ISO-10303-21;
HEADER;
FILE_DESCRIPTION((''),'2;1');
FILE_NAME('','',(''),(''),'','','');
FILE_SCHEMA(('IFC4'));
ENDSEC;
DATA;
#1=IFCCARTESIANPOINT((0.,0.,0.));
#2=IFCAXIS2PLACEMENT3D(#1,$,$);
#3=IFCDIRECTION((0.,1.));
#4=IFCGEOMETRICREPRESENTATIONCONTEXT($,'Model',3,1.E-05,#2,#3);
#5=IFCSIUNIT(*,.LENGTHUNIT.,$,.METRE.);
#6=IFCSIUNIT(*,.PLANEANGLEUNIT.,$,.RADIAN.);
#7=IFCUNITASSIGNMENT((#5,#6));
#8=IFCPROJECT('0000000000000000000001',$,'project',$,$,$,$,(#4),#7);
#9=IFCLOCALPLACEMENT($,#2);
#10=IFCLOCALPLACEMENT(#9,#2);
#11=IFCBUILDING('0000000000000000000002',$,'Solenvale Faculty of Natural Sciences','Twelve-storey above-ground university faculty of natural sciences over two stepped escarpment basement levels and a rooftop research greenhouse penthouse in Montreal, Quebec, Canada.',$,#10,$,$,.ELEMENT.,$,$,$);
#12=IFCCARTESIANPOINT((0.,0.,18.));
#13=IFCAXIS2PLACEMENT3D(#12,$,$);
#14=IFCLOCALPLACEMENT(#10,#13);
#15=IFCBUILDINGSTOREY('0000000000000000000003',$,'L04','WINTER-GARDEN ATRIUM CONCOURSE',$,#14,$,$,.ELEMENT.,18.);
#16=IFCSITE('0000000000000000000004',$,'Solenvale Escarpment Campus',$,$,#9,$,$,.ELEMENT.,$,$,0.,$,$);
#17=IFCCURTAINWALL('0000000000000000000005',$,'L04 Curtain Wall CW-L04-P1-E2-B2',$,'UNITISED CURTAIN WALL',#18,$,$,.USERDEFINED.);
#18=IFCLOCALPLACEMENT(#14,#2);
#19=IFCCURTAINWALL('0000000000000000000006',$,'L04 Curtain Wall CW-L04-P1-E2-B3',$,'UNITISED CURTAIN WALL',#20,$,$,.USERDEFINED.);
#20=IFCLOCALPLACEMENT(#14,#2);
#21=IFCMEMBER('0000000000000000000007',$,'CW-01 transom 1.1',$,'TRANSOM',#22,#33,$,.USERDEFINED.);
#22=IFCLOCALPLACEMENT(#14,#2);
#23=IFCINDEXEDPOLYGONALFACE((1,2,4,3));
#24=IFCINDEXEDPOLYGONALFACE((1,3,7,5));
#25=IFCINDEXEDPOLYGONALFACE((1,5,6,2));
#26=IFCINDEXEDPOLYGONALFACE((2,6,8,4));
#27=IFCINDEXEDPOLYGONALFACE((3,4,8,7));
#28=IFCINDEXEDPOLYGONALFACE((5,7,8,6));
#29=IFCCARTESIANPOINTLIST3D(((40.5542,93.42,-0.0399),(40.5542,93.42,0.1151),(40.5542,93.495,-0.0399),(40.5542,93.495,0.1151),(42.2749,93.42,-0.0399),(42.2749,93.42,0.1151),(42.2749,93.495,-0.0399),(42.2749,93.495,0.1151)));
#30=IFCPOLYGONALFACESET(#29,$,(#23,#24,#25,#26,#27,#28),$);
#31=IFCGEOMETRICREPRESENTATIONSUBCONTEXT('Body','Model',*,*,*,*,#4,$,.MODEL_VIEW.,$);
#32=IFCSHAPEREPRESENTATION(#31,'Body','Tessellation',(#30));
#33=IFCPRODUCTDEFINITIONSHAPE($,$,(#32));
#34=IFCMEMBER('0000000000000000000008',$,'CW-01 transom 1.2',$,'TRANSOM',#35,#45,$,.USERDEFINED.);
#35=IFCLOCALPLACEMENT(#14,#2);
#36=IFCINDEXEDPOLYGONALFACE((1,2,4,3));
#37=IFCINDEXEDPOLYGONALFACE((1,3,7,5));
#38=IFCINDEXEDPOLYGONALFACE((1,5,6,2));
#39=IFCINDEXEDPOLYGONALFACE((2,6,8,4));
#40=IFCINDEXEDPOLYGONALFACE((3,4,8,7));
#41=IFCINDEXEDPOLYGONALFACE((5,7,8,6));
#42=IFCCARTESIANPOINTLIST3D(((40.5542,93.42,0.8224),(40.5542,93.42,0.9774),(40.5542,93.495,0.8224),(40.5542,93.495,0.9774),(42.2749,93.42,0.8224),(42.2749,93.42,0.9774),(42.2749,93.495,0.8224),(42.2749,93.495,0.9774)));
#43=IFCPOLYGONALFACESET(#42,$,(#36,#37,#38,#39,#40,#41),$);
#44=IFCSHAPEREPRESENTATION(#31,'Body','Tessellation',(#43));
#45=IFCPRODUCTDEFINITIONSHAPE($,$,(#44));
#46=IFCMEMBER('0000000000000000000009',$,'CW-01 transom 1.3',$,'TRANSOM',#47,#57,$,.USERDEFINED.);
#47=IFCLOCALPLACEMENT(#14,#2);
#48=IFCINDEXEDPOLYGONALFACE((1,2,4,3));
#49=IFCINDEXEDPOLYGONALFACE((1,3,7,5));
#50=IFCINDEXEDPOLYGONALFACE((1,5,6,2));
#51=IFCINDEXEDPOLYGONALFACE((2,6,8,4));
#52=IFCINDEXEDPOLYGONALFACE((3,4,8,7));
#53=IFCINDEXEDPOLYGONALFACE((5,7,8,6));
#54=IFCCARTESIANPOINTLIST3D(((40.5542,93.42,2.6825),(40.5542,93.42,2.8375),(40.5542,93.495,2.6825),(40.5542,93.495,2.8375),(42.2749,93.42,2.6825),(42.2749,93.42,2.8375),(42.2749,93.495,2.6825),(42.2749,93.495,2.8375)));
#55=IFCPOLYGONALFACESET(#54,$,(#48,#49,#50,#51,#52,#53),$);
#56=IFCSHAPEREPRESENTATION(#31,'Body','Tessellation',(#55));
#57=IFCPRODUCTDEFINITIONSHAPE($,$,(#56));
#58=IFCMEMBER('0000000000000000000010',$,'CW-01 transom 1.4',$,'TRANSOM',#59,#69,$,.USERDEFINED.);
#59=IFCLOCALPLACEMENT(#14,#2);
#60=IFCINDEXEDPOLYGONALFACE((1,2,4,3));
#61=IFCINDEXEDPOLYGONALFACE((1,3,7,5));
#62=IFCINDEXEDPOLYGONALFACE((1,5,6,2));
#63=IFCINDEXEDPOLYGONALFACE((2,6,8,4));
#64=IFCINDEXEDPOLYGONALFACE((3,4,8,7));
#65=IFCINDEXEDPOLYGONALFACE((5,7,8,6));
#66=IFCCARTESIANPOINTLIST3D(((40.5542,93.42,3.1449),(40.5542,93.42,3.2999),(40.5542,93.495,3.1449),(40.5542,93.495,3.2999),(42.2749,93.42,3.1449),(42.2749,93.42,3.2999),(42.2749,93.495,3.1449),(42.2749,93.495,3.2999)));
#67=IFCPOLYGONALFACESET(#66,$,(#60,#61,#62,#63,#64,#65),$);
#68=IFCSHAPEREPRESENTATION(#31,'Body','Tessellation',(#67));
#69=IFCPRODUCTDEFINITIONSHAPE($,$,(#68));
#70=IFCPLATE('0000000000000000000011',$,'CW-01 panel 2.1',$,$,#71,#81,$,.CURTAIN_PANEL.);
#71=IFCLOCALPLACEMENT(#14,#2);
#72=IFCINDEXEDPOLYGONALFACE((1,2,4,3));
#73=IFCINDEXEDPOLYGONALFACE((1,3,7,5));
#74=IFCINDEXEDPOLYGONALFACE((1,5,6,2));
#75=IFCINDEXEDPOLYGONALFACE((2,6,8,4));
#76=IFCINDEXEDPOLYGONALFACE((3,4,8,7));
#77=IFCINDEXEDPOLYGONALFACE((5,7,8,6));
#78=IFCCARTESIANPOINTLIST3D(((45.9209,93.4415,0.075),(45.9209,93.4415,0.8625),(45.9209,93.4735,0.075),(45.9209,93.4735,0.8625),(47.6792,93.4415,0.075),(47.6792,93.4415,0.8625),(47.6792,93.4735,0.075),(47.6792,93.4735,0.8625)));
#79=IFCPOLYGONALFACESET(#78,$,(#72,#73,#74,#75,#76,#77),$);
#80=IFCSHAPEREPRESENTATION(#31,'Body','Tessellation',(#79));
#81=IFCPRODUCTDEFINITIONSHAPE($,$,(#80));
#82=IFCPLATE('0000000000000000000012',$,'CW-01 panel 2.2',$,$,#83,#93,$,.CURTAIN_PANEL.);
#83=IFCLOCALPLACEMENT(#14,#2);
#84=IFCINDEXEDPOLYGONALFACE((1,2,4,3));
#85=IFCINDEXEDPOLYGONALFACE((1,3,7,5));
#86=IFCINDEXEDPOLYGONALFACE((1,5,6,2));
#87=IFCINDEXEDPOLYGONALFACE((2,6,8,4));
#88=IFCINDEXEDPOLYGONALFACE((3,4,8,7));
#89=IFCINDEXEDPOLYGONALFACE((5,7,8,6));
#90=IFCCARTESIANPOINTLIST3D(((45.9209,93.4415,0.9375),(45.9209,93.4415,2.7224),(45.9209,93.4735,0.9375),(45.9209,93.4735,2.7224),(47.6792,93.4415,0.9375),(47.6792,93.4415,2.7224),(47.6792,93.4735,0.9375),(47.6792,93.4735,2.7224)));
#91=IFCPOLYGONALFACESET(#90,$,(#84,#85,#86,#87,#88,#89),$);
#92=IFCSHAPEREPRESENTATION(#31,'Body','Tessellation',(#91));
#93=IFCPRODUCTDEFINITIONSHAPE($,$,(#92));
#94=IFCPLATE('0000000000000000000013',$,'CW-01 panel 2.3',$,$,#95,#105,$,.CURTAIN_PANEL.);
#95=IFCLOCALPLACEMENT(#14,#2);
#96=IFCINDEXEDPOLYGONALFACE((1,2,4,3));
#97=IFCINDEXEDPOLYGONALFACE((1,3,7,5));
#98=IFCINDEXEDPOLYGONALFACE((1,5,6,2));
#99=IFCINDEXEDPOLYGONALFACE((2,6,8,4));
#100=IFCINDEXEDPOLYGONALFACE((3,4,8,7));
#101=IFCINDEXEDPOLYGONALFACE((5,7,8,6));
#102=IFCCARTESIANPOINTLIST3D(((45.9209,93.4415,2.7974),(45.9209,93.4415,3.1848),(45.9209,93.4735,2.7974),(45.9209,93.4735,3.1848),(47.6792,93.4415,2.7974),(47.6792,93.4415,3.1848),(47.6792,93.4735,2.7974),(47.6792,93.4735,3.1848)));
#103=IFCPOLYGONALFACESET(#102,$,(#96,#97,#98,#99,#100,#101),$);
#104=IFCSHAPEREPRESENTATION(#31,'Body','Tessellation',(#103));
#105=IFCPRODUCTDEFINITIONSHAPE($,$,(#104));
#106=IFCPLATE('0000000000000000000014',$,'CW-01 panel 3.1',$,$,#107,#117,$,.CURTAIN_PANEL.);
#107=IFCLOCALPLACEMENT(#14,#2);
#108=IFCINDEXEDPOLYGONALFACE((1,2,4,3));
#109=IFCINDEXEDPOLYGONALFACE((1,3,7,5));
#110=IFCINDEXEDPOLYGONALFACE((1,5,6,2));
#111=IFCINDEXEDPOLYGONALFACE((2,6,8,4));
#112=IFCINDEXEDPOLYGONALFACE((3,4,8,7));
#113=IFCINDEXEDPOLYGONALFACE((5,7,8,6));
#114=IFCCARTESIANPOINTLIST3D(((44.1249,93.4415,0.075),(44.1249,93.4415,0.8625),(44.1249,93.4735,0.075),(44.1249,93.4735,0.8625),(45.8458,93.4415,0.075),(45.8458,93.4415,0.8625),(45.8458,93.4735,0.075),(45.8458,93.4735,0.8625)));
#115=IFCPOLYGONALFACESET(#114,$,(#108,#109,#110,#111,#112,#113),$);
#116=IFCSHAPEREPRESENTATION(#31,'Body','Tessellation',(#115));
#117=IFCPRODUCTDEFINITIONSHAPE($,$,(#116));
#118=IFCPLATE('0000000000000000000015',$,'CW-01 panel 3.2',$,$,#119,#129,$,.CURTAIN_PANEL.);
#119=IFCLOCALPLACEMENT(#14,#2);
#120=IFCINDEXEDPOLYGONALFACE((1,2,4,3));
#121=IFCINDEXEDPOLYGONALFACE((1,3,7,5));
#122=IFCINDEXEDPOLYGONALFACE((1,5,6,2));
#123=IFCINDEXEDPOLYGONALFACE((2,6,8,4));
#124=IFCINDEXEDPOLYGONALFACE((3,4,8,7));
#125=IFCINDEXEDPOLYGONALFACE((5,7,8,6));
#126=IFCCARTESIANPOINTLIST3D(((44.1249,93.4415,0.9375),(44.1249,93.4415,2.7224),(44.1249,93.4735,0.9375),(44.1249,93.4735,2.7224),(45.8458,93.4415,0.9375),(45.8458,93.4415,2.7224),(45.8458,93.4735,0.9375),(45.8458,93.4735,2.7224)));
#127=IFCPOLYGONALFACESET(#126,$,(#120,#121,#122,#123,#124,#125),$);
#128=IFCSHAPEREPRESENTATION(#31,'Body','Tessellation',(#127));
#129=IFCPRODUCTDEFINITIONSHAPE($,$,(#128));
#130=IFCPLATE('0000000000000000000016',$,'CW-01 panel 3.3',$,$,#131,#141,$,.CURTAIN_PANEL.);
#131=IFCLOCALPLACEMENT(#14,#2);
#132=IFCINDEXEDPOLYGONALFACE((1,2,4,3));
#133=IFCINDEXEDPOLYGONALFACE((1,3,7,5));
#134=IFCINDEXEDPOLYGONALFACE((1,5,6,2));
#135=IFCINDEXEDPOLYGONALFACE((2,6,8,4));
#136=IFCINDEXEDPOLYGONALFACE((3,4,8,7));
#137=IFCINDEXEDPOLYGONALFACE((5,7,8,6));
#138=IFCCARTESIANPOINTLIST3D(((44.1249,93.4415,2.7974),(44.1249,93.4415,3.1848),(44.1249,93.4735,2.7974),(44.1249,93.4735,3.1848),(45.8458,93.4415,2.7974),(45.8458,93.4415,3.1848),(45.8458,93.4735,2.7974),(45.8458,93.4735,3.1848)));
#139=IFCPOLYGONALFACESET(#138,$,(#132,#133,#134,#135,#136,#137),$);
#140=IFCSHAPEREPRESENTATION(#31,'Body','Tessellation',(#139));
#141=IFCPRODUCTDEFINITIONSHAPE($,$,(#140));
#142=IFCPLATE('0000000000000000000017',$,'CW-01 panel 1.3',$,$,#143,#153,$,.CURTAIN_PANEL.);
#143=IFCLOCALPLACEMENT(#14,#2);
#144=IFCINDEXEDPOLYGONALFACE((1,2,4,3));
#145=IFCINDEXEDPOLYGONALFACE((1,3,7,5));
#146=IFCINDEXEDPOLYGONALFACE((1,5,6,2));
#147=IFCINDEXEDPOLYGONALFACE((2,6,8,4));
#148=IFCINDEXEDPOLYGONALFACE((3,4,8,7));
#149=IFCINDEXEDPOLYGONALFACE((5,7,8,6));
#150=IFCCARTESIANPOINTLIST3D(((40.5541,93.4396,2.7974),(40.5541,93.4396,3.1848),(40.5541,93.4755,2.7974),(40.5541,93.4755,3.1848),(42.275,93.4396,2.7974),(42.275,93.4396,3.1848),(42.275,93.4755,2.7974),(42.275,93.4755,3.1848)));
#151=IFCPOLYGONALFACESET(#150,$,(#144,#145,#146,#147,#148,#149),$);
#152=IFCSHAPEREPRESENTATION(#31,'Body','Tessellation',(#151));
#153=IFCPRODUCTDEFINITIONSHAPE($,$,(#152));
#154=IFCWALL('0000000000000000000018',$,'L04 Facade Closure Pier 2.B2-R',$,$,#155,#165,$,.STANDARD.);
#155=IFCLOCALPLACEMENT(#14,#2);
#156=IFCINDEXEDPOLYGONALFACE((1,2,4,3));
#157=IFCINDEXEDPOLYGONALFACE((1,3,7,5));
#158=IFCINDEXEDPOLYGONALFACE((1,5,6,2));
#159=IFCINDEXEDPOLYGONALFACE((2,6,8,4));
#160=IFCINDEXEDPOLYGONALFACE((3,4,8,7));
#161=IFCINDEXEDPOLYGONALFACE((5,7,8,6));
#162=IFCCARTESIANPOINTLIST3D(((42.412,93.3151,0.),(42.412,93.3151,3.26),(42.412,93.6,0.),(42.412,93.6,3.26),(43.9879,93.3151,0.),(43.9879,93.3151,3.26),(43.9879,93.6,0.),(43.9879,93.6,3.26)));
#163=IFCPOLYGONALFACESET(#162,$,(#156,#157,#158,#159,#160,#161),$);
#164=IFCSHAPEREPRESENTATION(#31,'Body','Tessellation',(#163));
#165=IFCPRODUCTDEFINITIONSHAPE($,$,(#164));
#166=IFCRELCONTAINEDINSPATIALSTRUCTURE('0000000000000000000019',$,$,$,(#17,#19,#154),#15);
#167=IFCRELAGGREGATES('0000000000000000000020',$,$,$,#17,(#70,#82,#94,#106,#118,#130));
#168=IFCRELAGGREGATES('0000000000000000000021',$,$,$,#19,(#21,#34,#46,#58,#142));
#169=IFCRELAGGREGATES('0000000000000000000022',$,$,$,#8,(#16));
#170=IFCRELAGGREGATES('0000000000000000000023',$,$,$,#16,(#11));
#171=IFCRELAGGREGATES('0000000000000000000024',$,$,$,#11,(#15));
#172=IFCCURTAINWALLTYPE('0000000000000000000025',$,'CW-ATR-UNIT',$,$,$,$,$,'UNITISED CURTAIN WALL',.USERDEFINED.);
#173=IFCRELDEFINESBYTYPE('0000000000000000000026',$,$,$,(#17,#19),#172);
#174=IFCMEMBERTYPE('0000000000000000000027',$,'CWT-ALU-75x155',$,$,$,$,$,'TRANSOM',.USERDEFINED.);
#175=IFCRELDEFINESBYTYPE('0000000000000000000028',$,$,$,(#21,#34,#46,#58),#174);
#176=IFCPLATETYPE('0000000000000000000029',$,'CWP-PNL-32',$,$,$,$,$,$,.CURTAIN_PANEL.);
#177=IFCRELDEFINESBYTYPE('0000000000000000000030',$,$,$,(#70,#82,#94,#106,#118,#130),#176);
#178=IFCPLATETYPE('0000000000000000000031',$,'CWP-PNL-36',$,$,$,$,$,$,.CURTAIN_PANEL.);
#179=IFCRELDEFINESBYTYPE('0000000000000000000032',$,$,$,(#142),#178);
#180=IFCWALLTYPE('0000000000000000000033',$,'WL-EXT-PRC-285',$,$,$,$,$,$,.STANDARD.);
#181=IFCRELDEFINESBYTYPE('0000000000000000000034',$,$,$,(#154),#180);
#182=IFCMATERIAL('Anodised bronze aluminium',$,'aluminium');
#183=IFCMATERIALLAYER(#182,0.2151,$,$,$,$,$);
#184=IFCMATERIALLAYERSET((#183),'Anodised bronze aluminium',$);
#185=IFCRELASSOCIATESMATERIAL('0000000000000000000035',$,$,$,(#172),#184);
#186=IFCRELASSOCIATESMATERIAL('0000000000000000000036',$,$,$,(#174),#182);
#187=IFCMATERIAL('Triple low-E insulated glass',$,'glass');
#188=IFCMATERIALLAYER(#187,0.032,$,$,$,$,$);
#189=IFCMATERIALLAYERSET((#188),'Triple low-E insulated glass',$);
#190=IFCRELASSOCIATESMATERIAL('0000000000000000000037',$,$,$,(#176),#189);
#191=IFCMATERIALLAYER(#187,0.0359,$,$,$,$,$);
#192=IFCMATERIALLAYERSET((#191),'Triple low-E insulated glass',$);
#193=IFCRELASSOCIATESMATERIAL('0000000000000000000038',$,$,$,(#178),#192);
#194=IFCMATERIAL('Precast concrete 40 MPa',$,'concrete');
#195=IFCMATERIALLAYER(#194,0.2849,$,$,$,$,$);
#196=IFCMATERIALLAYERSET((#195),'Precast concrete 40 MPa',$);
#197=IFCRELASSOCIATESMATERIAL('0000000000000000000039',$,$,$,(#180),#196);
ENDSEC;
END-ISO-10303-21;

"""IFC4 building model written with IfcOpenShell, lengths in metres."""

from ifc_helpers import new_model, si_unit, direction, frame, frame_2d, origin, origin_2d, place, context, subcontext, project, spatial, rectangle, extrude, material, layer, layer_set, material_profile, profile_set, type_object, element, aggregate, save


model = new_model("IFC4")

# Units and contexts
model_context = context("Model", 3, precision=1e-05, world=origin(), true_north=direction((0.0, 1.0)))
body_context = subcontext(model_context, "Body", "Model", "MODEL_VIEW")
ifc_project = project(units=[si_unit("LENGTHUNIT", "METRE"), si_unit("PLANEANGLEUNIT", "RADIAN")], contexts=[model_context])

# Site, building, storey
site_placement = place(None, origin())
site = spatial("IfcSite", under=ifc_project, at=site_placement, Name="Solenvale Escarpment Campus", CompositionType="ELEMENT", RefElevation=0.0)
building_placement = place(site_placement, origin())
building = spatial("IfcBuilding", under=site, at=building_placement, Name="Solenvale Faculty of Natural Sciences", Description="Twelve-storey above-ground university faculty of natural sciences over two stepped escarpment basement levels and a rooftop research greenhouse penthouse in Montreal, Quebec, Canada.", CompositionType="ELEMENT")
storey_placement = place(building_placement, frame((0.0, 0.0, 18.0)))
storey = spatial("IfcBuildingStorey", under=building, at=storey_placement, Name="L04", Description="WINTER-GARDEN ATRIUM CONCOURSE", CompositionType="ELEMENT", Elevation=18.0)

# Curtain wall
ifc_material_1 = material(Name="Anodised bronze aluminium", Category="aluminium")
ifc_layer_1 = layer(ifc_material_1, 0.2151)
ifc_layer_set_1 = layer_set([ifc_layer_1], Name="Anodised bronze aluminium")
curtain_wall_type = type_object("IfcCurtainWallType", Name="CW-ATR-UNIT", ElementType="UNITISED CURTAIN WALL", PredefinedType="USERDEFINED", material=ifc_layer_set_1)
curtain_wall_1_placement = place(storey_placement, origin())
curtain_wall_1 = element("IfcCurtainWall", 1, at=curtain_wall_1_placement, inside=storey, type_object=curtain_wall_type, Name="L04 Curtain Wall CW-L04-P1-E2-B2", ObjectType="UNITISED CURTAIN WALL", PredefinedType="USERDEFINED")

# Curtain wall
curtain_wall_2_placement = place(storey_placement, origin())
curtain_wall_2 = element("IfcCurtainWall", 2, at=curtain_wall_2_placement, inside=storey, type_object=curtain_wall_type, Name="L04 Curtain Wall CW-L04-P1-E2-B3", ObjectType="UNITISED CURTAIN WALL", PredefinedType="USERDEFINED")

# Members
ifc_material_profile_1 = material_profile(ifc_material_1, rectangle(XDim=0.075, YDim=0.155, at=origin_2d()), Name="ALU-TRN-75x155")
ifc_profile_set_1 = profile_set([ifc_material_profile_1], Name="Anodised bronze aluminium")
member_type_1 = type_object("IfcMemberType", Name="CWT-ALU-75x155", ElementType="TRANSOM", PredefinedType="USERDEFINED", material=ifc_profile_set_1)
member_1_placement = place(storey_placement, frame((42.2749, 93.4575, 0.0376), z_axis=(-1.0, 0.0, 0.0), x_axis=(0.0, -1.0, 0.0)))
member_1 = element("IfcMember", 3, at=member_1_placement, type_object=member_type_1, Name="CW-01 transom 1.1", ObjectType="TRANSOM", PredefinedType="USERDEFINED", context=body_context, shape_type="SweptSolid", body=[
    extrude(rectangle(XDim=0.075, YDim=0.155, at=origin_2d()), origin(), (0.0, 0.0, 1.0), 1.7207),
])
member_2_placement = place(storey_placement, frame((42.2749, 93.4575, 0.8999), z_axis=(-1.0, 0.0, 0.0), x_axis=(0.0, -1.0, 0.0)))
member_2 = element("IfcMember", 4, at=member_2_placement, type_object=member_type_1, Name="CW-01 transom 1.2", ObjectType="TRANSOM", PredefinedType="USERDEFINED", context=body_context, shape_type="SweptSolid", body=[
    extrude(rectangle(XDim=0.075, YDim=0.155, at=origin_2d()), origin(), (0.0, 0.0, 1.0), 1.7207),
])
member_3_placement = place(storey_placement, frame((42.2749, 93.4575, 2.76), z_axis=(-1.0, 0.0, 0.0), x_axis=(0.0, -1.0, 0.0)))
member_3 = element("IfcMember", 5, at=member_3_placement, type_object=member_type_1, Name="CW-01 transom 1.3", ObjectType="TRANSOM", PredefinedType="USERDEFINED", context=body_context, shape_type="SweptSolid", body=[
    extrude(rectangle(XDim=0.075, YDim=0.155, at=origin_2d()), origin(), (0.0, 0.0, 1.0), 1.7207),
])
member_4_placement = place(storey_placement, frame((42.2749, 93.4575, 3.2224), z_axis=(-1.0, 0.0, 0.0), x_axis=(0.0, -1.0, 0.0)))
member_4 = element("IfcMember", 6, at=member_4_placement, type_object=member_type_1, Name="CW-01 transom 1.4", ObjectType="TRANSOM", PredefinedType="USERDEFINED", context=body_context, shape_type="SweptSolid", body=[
    extrude(rectangle(XDim=0.075, YDim=0.155, at=origin_2d()), origin(), (0.0, 0.0, 1.0), 1.7207),
])

# Plates
ifc_material_2 = material(Name="Triple low-E insulated glass", Category="glass")
ifc_layer_2 = layer(ifc_material_2, 0.032)
ifc_layer_set_2 = layer_set([ifc_layer_2], Name="Triple low-E insulated glass")
plate_type_1 = type_object("IfcPlateType", Name="CWP-PNL-32", PredefinedType="CURTAIN_PANEL", material=ifc_layer_set_2)
plate_1_placement = place(storey_placement, frame((46.8, 93.4575, 0.075), z_axis=(0.0, 0.0, 1.0), x_axis=(-1.0, 0.0, 0.0)))
plate_1 = element("IfcPlate", 7, at=plate_1_placement, type_object=plate_type_1, Name="CW-01 panel 2.1", PredefinedType="CURTAIN_PANEL", context=body_context, shape_type="SweptSolid", body=[
    extrude(rectangle(XDim=1.7583, YDim=0.032, at=origin_2d()), origin(), (0.0, 0.0, 1.0), 0.7876),
])
plate_2_placement = place(storey_placement, frame((46.8, 93.4575, 0.9375), z_axis=(0.0, 0.0, 1.0), x_axis=(-1.0, 0.0, 0.0)))
plate_2 = element("IfcPlate", 8, at=plate_2_placement, type_object=plate_type_1, Name="CW-01 panel 2.2", PredefinedType="CURTAIN_PANEL", context=body_context, shape_type="SweptSolid", body=[
    extrude(rectangle(XDim=1.7583, YDim=0.032, at=origin_2d()), origin(), (0.0, 0.0, 1.0), 1.7849),
])
plate_3_placement = place(storey_placement, frame((46.8, 93.4575, 2.7974), z_axis=(0.0, 0.0, 1.0), x_axis=(-1.0, 0.0, 0.0)))
plate_3 = element("IfcPlate", 9, at=plate_3_placement, type_object=plate_type_1, Name="CW-01 panel 2.3", PredefinedType="CURTAIN_PANEL", context=body_context, shape_type="SweptSolid", body=[
    extrude(rectangle(XDim=1.7583, YDim=0.032, at=origin_2d()), origin(), (0.0, 0.0, 1.0), 0.3875),
])
plate_4_placement = place(storey_placement, frame((44.9854, 93.4575, 0.075), z_axis=(0.0, 0.0, 1.0), x_axis=(-1.0, 0.0, 0.0)))
plate_4 = element("IfcPlate", 10, at=plate_4_placement, type_object=plate_type_1, Name="CW-01 panel 3.1", PredefinedType="CURTAIN_PANEL", context=body_context, shape_type="SweptSolid", body=[
    extrude(rectangle(XDim=1.7209, YDim=0.032, at=origin_2d()), origin(), (0.0, 0.0, 1.0), 0.7876),
])
plate_5_placement = place(storey_placement, frame((44.9854, 93.4575, 0.9375), z_axis=(0.0, 0.0, 1.0), x_axis=(-1.0, 0.0, 0.0)))
plate_5 = element("IfcPlate", 11, at=plate_5_placement, type_object=plate_type_1, Name="CW-01 panel 3.2", PredefinedType="CURTAIN_PANEL", context=body_context, shape_type="SweptSolid", body=[
    extrude(rectangle(XDim=1.7209, YDim=0.032, at=origin_2d()), origin(), (0.0, 0.0, 1.0), 1.7849),
])
plate_6_placement = place(storey_placement, frame((44.9854, 93.4575, 2.7974), z_axis=(0.0, 0.0, 1.0), x_axis=(-1.0, 0.0, 0.0)))
plate_6 = element("IfcPlate", 12, at=plate_6_placement, type_object=plate_type_1, Name="CW-01 panel 3.3", PredefinedType="CURTAIN_PANEL", context=body_context, shape_type="SweptSolid", body=[
    extrude(rectangle(XDim=1.7209, YDim=0.032, at=origin_2d()), origin(), (0.0, 0.0, 1.0), 0.3875),
])
aggregate(curtain_wall_1, [plate_1, plate_2, plate_3, plate_4, plate_5, plate_6])
ifc_layer_3 = layer(ifc_material_2, 0.0359)
ifc_layer_set_3 = layer_set([ifc_layer_3], Name="Triple low-E insulated glass")
plate_type_2 = type_object("IfcPlateType", Name="CWP-PNL-36", PredefinedType="CURTAIN_PANEL", material=ifc_layer_set_3)
plate_7_placement = place(storey_placement, frame((41.4146, 93.4575, 2.7974), z_axis=(0.0, 0.0, 1.0), x_axis=(-1.0, 0.0, 0.0)))
plate_7 = element("IfcPlate", 13, at=plate_7_placement, type_object=plate_type_2, Name="CW-01 panel 1.3", PredefinedType="CURTAIN_PANEL", context=body_context, shape_type="SweptSolid", body=[
    extrude(rectangle(XDim=1.7209, YDim=0.0359, at=origin_2d()), origin(), (0.0, 0.0, 1.0), 0.3875),
])
aggregate(curtain_wall_2, [member_1, member_2, member_3, member_4, plate_7])

# Wall
ifc_material_3 = material(Name="Precast concrete 40 MPa", Category="concrete")
ifc_layer_4 = layer(ifc_material_3, 0.2849)
ifc_layer_set_4 = layer_set([ifc_layer_4], Name="Precast concrete 40 MPa")
wall_type = type_object("IfcWallType", Name="WL-EXT-PRC-285", PredefinedType="STANDARD", material=ifc_layer_set_4)
wall_placement = place(storey_placement, frame((43.988, 93.4575, 0.0), z_axis=(0.0, 0.0, 1.0), x_axis=(-1.0, 0.0, 0.0)))
element("IfcWall", 14, at=wall_placement, inside=storey, type_object=wall_type, Name="L04 Facade Closure Pier 2.B2-R", PredefinedType="STANDARD", context=body_context, shape_type="SweptSolid", body=[
    extrude(rectangle(XDim=1.5759, YDim=0.2849, at=frame_2d((0.7881, 0.0))), origin(), (0.0, 0.0, 1.0), 3.26),
])

save(model, "model.ifc")
